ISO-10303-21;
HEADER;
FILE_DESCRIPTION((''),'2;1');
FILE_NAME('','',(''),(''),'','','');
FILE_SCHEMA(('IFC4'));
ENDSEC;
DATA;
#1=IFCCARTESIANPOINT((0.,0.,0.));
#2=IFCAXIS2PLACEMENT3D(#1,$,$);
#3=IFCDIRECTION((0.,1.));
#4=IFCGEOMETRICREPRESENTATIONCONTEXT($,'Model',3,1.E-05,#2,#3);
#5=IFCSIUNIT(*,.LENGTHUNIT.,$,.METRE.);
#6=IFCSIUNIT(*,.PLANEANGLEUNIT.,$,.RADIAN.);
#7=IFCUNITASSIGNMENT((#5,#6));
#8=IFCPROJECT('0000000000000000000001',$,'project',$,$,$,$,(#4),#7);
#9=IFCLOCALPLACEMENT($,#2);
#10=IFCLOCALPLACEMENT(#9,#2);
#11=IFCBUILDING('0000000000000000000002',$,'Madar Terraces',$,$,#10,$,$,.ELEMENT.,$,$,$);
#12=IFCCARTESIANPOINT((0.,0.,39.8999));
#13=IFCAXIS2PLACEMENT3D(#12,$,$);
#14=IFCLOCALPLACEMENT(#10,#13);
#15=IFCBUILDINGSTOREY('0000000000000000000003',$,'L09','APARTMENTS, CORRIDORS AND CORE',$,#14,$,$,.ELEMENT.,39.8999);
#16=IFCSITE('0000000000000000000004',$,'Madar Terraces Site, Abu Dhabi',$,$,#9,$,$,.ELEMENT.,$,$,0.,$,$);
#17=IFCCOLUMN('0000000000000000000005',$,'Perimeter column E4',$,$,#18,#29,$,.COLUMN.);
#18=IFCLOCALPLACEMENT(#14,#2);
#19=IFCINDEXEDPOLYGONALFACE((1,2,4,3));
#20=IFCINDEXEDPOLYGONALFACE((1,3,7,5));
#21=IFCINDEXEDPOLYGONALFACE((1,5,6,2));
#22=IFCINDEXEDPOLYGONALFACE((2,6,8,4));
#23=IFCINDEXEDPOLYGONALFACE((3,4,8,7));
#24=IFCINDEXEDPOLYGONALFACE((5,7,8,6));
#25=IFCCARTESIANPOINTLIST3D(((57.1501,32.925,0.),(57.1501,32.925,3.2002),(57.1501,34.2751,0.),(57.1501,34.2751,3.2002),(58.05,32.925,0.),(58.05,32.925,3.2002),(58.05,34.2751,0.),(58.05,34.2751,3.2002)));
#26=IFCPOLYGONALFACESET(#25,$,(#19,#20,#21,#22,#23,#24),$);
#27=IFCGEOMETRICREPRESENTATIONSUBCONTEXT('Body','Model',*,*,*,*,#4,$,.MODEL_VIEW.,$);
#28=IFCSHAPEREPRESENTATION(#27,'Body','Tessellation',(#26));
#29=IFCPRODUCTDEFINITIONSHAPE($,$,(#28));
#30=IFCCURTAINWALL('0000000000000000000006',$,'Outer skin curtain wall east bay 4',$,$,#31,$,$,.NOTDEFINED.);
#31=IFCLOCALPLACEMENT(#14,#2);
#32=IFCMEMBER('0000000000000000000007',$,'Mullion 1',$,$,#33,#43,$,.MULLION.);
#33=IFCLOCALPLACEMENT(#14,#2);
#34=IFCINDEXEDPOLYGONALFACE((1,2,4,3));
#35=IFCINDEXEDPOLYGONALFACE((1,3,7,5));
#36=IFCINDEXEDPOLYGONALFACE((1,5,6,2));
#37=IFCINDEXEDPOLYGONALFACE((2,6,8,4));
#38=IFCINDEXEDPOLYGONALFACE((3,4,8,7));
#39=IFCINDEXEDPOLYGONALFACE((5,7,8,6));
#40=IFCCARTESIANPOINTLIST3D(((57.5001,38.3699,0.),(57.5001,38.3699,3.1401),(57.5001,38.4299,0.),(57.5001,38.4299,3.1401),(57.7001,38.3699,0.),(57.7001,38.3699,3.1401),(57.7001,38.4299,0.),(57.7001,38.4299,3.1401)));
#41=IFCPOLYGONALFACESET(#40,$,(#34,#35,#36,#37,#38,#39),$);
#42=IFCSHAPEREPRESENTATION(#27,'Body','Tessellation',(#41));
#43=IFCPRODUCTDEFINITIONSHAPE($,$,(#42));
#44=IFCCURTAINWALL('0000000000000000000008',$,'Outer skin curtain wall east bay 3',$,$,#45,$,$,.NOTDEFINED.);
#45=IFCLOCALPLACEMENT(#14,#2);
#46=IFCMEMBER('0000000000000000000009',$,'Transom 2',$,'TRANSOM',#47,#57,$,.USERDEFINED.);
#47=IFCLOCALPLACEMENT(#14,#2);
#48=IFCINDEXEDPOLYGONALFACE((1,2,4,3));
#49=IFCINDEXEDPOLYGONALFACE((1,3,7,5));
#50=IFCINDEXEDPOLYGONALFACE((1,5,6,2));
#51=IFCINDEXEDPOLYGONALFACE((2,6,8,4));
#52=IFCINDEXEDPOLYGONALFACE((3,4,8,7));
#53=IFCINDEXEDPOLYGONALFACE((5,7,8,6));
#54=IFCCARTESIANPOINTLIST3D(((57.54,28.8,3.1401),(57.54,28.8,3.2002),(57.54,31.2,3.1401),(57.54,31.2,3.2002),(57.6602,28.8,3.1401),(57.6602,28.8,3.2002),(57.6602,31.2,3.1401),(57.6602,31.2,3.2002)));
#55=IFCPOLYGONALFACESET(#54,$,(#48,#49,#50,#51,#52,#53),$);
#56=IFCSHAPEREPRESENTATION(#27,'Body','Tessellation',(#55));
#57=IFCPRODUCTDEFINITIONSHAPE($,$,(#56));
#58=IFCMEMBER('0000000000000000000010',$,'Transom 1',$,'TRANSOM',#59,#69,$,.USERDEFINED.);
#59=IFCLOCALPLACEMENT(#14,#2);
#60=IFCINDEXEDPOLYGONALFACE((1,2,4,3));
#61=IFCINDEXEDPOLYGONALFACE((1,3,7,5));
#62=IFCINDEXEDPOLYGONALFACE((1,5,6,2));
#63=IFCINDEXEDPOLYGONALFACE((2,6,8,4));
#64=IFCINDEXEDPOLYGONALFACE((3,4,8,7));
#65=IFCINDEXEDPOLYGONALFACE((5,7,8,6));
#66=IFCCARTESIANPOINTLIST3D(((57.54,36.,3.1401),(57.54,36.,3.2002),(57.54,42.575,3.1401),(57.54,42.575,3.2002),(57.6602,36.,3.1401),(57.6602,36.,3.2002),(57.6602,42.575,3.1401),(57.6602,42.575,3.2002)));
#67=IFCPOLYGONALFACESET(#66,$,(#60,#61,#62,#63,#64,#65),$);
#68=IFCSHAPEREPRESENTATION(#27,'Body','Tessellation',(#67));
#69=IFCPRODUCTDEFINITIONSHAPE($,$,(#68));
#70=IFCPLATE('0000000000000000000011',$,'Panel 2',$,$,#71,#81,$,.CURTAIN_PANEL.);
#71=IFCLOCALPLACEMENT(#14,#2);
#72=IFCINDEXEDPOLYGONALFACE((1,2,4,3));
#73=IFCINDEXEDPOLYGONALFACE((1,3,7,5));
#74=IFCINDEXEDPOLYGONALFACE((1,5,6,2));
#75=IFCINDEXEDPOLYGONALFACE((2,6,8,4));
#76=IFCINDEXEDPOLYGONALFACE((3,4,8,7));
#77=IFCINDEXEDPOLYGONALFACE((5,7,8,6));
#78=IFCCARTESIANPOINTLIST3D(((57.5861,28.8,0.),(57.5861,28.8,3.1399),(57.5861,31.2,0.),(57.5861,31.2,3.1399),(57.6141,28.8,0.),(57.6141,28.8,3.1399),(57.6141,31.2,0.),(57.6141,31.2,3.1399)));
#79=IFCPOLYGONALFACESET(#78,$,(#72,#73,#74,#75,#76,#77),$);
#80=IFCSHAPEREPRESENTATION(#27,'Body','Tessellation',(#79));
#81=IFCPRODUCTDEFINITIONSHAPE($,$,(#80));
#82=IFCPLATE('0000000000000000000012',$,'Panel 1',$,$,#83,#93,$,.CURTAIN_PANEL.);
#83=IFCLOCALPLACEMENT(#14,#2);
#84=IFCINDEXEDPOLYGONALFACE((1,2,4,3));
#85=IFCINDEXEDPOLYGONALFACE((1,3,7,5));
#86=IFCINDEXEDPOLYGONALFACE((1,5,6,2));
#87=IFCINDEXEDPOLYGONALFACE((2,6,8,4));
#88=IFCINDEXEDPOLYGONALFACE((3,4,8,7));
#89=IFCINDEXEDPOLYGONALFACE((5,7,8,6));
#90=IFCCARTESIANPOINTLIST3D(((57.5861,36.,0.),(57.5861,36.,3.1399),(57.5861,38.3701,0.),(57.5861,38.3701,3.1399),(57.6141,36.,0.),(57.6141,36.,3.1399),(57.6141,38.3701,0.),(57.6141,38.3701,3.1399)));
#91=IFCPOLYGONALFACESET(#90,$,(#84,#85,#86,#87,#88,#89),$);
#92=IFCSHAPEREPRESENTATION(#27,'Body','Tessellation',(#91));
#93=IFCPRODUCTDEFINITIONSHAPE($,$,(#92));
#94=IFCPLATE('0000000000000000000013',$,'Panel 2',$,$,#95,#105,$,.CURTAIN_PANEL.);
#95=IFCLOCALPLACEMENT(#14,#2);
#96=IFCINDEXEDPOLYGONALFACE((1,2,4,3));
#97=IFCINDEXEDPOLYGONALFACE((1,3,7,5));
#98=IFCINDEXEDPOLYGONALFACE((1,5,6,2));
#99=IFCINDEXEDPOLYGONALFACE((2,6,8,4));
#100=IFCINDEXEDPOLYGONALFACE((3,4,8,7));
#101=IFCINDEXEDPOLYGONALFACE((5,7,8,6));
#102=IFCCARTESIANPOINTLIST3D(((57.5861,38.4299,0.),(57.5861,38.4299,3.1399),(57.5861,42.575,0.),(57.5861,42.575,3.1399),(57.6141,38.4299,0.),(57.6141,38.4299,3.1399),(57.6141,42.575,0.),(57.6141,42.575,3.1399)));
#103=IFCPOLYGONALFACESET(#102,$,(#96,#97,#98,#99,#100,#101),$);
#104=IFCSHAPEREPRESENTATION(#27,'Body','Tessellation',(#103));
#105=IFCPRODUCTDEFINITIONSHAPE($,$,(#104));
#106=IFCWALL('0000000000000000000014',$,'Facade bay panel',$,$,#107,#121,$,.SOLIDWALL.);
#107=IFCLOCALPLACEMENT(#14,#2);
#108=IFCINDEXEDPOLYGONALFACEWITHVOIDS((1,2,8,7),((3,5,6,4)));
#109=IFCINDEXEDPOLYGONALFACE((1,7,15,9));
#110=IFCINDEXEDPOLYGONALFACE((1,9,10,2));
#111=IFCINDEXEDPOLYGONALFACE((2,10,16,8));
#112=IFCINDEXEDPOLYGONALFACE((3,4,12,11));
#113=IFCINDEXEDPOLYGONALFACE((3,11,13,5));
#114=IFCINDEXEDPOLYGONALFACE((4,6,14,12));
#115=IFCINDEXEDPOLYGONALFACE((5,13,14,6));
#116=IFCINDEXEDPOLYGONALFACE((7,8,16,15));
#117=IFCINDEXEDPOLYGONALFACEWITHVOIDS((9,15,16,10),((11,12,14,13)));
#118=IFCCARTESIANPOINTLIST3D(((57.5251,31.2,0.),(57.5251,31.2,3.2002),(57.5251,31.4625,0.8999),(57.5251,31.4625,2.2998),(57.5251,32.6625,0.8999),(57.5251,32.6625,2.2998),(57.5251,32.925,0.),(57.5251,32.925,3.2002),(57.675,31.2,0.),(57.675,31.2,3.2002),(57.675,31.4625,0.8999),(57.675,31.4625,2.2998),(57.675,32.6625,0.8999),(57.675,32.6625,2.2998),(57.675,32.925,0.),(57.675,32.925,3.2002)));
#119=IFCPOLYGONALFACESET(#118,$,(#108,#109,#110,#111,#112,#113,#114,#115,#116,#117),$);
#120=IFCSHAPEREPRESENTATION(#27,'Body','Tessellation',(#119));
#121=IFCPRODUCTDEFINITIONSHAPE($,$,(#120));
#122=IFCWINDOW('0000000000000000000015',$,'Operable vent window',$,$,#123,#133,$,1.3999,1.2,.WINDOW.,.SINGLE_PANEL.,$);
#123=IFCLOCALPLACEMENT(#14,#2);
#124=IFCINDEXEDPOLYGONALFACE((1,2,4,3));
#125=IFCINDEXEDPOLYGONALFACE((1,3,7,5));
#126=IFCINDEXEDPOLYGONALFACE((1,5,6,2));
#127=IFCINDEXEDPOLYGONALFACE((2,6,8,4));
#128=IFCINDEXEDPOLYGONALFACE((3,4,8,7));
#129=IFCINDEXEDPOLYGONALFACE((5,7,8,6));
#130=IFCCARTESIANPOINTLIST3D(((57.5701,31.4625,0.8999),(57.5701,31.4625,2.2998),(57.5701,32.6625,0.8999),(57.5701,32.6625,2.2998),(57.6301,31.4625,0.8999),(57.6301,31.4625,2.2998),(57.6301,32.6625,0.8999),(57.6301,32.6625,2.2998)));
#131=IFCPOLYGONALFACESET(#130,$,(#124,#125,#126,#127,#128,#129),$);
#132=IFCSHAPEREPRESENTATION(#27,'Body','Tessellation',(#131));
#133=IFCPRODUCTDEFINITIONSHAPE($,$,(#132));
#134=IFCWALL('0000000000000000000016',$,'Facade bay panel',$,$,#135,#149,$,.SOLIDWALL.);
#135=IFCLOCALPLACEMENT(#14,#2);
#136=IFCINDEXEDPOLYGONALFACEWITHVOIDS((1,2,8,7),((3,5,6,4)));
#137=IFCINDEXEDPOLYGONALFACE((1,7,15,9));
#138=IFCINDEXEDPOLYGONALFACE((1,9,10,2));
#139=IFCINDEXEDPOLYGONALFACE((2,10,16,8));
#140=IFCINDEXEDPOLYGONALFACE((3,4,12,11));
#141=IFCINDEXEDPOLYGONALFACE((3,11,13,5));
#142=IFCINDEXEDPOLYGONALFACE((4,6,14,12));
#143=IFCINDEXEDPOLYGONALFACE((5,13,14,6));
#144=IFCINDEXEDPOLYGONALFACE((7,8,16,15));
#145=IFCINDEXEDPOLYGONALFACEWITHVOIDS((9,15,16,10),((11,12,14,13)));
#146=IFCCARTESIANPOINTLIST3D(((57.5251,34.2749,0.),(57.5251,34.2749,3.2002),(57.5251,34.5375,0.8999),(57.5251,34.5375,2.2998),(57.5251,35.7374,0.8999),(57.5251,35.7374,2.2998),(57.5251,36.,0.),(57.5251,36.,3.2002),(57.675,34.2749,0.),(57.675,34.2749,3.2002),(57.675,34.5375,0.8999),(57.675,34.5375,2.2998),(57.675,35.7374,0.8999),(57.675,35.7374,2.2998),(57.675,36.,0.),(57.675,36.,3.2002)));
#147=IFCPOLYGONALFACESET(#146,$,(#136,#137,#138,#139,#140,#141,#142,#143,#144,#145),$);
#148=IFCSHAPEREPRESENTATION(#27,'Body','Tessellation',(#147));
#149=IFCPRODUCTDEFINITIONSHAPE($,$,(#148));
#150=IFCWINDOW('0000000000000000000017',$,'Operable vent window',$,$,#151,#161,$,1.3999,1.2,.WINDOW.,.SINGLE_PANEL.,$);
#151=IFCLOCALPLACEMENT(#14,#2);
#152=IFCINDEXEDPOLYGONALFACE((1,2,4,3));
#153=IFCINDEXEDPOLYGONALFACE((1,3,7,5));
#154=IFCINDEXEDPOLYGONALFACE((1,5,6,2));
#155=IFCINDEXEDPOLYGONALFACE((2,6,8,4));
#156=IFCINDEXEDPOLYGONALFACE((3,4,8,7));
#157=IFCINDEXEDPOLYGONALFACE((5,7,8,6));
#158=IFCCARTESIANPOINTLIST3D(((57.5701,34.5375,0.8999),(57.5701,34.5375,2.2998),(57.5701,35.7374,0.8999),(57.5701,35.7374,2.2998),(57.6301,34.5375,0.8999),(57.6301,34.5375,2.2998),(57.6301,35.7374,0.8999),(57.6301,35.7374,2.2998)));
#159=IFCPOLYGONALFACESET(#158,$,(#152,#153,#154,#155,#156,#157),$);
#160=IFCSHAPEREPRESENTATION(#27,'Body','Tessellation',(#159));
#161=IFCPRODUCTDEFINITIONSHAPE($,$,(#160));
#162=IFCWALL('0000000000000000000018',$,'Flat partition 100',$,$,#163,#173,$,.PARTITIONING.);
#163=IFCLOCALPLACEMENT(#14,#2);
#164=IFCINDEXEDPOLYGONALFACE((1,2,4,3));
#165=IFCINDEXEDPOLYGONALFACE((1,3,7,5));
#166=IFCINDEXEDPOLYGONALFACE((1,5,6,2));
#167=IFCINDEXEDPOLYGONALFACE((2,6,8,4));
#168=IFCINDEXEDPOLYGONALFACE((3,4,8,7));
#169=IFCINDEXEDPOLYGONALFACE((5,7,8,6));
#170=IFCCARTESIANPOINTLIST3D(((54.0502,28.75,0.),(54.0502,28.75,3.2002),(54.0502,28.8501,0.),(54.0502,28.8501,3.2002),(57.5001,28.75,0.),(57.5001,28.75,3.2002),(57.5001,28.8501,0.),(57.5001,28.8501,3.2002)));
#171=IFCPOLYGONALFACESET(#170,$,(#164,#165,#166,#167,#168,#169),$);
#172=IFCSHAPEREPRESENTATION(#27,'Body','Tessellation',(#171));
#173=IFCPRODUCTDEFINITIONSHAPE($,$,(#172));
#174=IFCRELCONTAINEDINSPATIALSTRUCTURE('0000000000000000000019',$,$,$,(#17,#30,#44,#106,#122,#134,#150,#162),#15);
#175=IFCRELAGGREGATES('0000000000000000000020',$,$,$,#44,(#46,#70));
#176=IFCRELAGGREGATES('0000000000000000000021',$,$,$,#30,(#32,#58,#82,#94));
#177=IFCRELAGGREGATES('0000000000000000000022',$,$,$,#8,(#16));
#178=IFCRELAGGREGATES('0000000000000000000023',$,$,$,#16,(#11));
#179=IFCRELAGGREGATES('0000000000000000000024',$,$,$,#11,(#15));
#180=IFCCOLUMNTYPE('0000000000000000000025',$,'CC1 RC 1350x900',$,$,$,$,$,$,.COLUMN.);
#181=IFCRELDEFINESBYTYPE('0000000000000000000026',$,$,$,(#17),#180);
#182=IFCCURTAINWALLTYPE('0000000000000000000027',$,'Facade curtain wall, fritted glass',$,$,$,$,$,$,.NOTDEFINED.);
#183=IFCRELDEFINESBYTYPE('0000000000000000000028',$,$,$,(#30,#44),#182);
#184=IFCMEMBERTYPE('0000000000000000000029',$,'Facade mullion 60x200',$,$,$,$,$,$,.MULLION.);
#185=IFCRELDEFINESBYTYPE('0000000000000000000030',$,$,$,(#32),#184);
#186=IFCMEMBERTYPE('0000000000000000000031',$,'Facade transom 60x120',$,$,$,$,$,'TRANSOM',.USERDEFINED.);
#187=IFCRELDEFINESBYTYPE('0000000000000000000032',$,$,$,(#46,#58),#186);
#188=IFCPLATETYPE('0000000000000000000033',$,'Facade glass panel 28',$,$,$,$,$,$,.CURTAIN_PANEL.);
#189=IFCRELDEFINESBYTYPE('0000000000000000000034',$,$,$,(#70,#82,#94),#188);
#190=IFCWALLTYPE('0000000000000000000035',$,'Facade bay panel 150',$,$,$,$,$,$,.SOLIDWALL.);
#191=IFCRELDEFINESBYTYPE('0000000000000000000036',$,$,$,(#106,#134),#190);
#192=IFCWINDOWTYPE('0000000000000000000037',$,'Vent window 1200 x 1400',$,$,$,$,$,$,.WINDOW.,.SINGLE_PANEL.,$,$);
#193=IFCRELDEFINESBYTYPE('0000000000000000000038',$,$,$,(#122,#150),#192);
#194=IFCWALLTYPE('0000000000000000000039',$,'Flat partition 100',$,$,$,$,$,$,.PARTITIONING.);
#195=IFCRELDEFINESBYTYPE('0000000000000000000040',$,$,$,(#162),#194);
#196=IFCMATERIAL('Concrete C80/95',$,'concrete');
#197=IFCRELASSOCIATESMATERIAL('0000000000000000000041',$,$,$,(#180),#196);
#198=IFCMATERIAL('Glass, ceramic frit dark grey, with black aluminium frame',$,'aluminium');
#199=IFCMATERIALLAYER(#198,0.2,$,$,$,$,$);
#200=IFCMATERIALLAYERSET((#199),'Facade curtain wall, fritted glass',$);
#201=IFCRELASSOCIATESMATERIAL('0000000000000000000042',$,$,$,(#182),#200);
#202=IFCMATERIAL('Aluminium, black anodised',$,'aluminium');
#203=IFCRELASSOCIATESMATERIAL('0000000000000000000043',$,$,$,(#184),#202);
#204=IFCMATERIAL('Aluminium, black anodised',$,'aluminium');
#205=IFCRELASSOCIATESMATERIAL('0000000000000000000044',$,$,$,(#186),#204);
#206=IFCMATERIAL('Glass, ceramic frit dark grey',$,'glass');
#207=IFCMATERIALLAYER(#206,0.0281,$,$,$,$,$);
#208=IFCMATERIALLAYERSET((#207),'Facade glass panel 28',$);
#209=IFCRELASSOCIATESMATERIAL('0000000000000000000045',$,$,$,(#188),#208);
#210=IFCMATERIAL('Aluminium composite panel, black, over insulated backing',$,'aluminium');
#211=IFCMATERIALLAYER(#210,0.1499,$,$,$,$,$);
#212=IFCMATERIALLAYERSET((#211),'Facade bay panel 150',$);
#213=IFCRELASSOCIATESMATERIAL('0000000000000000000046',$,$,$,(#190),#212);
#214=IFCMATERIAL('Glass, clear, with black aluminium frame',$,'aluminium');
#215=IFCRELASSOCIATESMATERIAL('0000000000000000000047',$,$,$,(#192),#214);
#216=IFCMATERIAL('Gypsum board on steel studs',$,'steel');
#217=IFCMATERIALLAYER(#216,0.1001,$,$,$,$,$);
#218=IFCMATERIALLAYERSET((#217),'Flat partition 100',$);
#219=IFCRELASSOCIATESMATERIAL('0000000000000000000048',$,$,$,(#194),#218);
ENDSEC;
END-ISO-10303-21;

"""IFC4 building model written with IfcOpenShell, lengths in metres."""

from ifc_helpers import new_model, si_unit, direction, frame, frame_2d, origin, origin_2d, place, context, subcontext, project, spatial, rectangle, extrude, material, layer, layer_set, material_profile, profile_set, type_object, element, fill, aggregate, save


model = new_model("IFC4")

# Units and contexts
model_context = context("Model", 3, precision=1e-05, world=origin(), true_north=direction((0.0, 1.0)))
body_context = subcontext(model_context, "Body", "Model", "MODEL_VIEW")
ifc_project = project(units=[si_unit("LENGTHUNIT", "METRE"), si_unit("PLANEANGLEUNIT", "RADIAN")], contexts=[model_context])

# Site, building, storey
site_placement = place(None, origin())
site = spatial("IfcSite", under=ifc_project, at=site_placement, Name="Madar Terraces Site, Abu Dhabi", CompositionType="ELEMENT", RefElevation=0.0)
building_placement = place(site_placement, origin())
building = spatial("IfcBuilding", under=site, at=building_placement, Name="Madar Terraces", CompositionType="ELEMENT")
storey_placement = place(building_placement, frame((0.0, 0.0, 39.8999)))
storey = spatial("IfcBuildingStorey", under=building, at=storey_placement, Name="L09", Description="APARTMENTS, CORRIDORS AND CORE", CompositionType="ELEMENT", Elevation=39.8999)

# Column
ifc_material_1 = material(Name="Concrete C80/95", Category="concrete")
ifc_material_profile_1 = material_profile(ifc_material_1, rectangle(XDim=1.3501, YDim=0.8999, at=origin_2d()), Name="CC1 RC 1350x900")
ifc_profile_set_1 = profile_set([ifc_material_profile_1], Name="Concrete C80/95")
column_type = type_object("IfcColumnType", Name="CC1 RC 1350x900", PredefinedType="COLUMN", material=ifc_profile_set_1)
column_placement = place(storey_placement, frame((57.6001, 33.6001, 0.0), z_axis=(0.0, 0.0, 1.0), x_axis=(0.0, 1.0, 0.0)))
element("IfcColumn", 1, at=column_placement, inside=storey, type_object=column_type, Name="Perimeter column E4", PredefinedType="COLUMN", context=body_context, shape_type="SweptSolid", body=[
    extrude(rectangle(XDim=1.3501, YDim=0.8999, at=origin_2d()), origin(), (0.0, 0.0, 1.0), 3.2002),
])

# Curtain walls, members
ifc_material_2 = material(Name="Glass, ceramic frit dark grey, with black aluminium frame", Category="aluminium")
ifc_layer_1 = layer(ifc_material_2, 0.2)
ifc_layer_set_1 = layer_set([ifc_layer_1], Name="Facade curtain wall, fritted glass")
curtain_wall_type = type_object("IfcCurtainWallType", Name="Facade curtain wall, fritted glass", PredefinedType="NOTDEFINED", material=ifc_layer_set_1)
curtain_wall_1_placement = place(storey_placement, origin())
curtain_wall_1 = element("IfcCurtainWall", 2, at=curtain_wall_1_placement, inside=storey, type_object=curtain_wall_type, Name="Outer skin curtain wall east bay 4", PredefinedType="NOTDEFINED")
ifc_material_3 = material(Name="Aluminium, black anodised", Category="aluminium")
ifc_material_profile_2 = material_profile(ifc_material_3, rectangle(XDim=0.2, YDim=0.0601, at=origin_2d()), Name="Facade mullion 60x200")
ifc_profile_set_2 = profile_set([ifc_material_profile_2], Name="Aluminium, black anodised")
member_type_1 = type_object("IfcMemberType", Name="Facade mullion 60x200", PredefinedType="MULLION", material=ifc_profile_set_2)
member_1_placement = place(storey_placement, frame((57.6001, 38.3999, 0.0), z_axis=(0.0, 0.0, 1.0), x_axis=(-1.0, 0.0, 0.0)))
member_1 = element("IfcMember", 3, at=member_1_placement, type_object=member_type_1, Name="Mullion 1", PredefinedType="MULLION", context=body_context, shape_type="SweptSolid", body=[
    extrude(rectangle(XDim=0.2, YDim=0.0601, at=origin_2d()), origin(), (0.0, 0.0, 1.0), 3.1401),
])
curtain_wall_2_placement = place(storey_placement, origin())
curtain_wall_2 = element("IfcCurtainWall", 4, at=curtain_wall_2_placement, inside=storey, type_object=curtain_wall_type, Name="Outer skin curtain wall east bay 3", PredefinedType="NOTDEFINED")
ifc_material_4 = material(Name="Aluminium, black anodised", Category="aluminium")
ifc_material_profile_3 = material_profile(ifc_material_4, rectangle(XDim=0.1201, YDim=0.0601, at=origin_2d()), Name="Facade transom 60x120")
ifc_profile_set_3 = profile_set([ifc_material_profile_3], Name="Aluminium, black anodised")
member_type_2 = type_object("IfcMemberType", Name="Facade transom 60x120", ElementType="TRANSOM", PredefinedType="USERDEFINED", material=ifc_profile_set_3)
member_2_placement = place(storey_placement, frame((57.6001, 28.8, 3.1702), z_axis=(0.0, 1.0, 0.0), x_axis=(-1.0, 0.0, 0.0)))
member_2 = element("IfcMember", 5, at=member_2_placement, type_object=member_type_2, Name="Transom 2", ObjectType="TRANSOM", PredefinedType="USERDEFINED", context=body_context, shape_type="SweptSolid", body=[
    extrude(rectangle(XDim=0.1201, YDim=0.0601, at=origin_2d()), origin(), (0.0, 0.0, 1.0), 2.3999),
])

# Member
member_3_placement = place(storey_placement, frame((57.6001, 36.0, 3.1702), z_axis=(0.0, 1.0, 0.0), x_axis=(-1.0, 0.0, 0.0)))
member_3 = element("IfcMember", 6, at=member_3_placement, type_object=member_type_2, Name="Transom 1", ObjectType="TRANSOM", PredefinedType="USERDEFINED", context=body_context, shape_type="SweptSolid", body=[
    extrude(rectangle(XDim=0.1201, YDim=0.0601, at=origin_2d()), origin(), (0.0, 0.0, 1.0), 6.575),
])

# Plates
ifc_material_5 = material(Name="Glass, ceramic frit dark grey", Category="glass")
ifc_layer_2 = layer(ifc_material_5, 0.0281)
ifc_layer_set_2 = layer_set([ifc_layer_2], Name="Facade glass panel 28")
plate_type = type_object("IfcPlateType", Name="Facade glass panel 28", PredefinedType="CURTAIN_PANEL", material=ifc_layer_set_2)
plate_1_placement = place(storey_placement, frame((57.6001, 30.0, 0.0), z_axis=(0.0, 0.0, 1.0), x_axis=(0.0, 1.0, 0.0)))
plate_1 = element("IfcPlate", 7, at=plate_1_placement, type_object=plate_type, Name="Panel 2", PredefinedType="CURTAIN_PANEL", context=body_context, shape_type="SweptSolid", body=[
    extrude(rectangle(XDim=2.3999, YDim=0.0281, at=origin_2d()), origin(), (0.0, 0.0, 1.0), 3.1399),
])
aggregate(curtain_wall_2, [member_2, plate_1])
plate_2_placement = place(storey_placement, frame((57.6001, 37.1851, 0.0), z_axis=(0.0, 0.0, 1.0), x_axis=(0.0, 1.0, 0.0)))
plate_2 = element("IfcPlate", 8, at=plate_2_placement, type_object=plate_type, Name="Panel 1", PredefinedType="CURTAIN_PANEL", context=body_context, shape_type="SweptSolid", body=[
    extrude(rectangle(XDim=2.3701, YDim=0.0281, at=origin_2d()), origin(), (0.0, 0.0, 1.0), 3.1399),
])
plate_3_placement = place(storey_placement, frame((57.6001, 40.5024, 0.0), z_axis=(0.0, 0.0, 1.0), x_axis=(0.0, 1.0, 0.0)))
plate_3 = element("IfcPlate", 9, at=plate_3_placement, type_object=plate_type, Name="Panel 2", PredefinedType="CURTAIN_PANEL", context=body_context, shape_type="SweptSolid", body=[
    extrude(rectangle(XDim=4.145, YDim=0.0281, at=origin_2d()), origin(), (0.0, 0.0, 1.0), 3.1399),
])
aggregate(curtain_wall_1, [member_1, member_3, plate_2, plate_3])

# Shared definitions
ifc_material_6 = material(Name="Aluminium composite panel, black, over insulated backing", Category="aluminium")
ifc_layer_3 = layer(ifc_material_6, 0.1499)
ifc_layer_set_3 = layer_set([ifc_layer_3], Name="Facade bay panel 150")
wall_type_1 = type_object("IfcWallType", Name="Facade bay panel 150", PredefinedType="SOLIDWALL", material=ifc_layer_set_3)

# Walls, openings, windows
wall_1_placement = place(storey_placement, frame((57.6001, 31.2, 0.0), z_axis=(0.0, 0.0, 1.0), x_axis=(0.0, 1.0, 0.0)))
wall_1 = element("IfcWall", 10, at=wall_1_placement, inside=storey, type_object=wall_type_1, Name="Facade bay panel", PredefinedType="SOLIDWALL", context=body_context, shape_type="SweptSolid", body=[
    extrude(rectangle(XDim=1.7251, YDim=0.1499, at=frame_2d((0.8625, 0.0))), origin(), (0.0, 0.0, 1.0), 3.2002),
])
opening_1_placement = place(wall_1_placement, frame((0.2625, 0.0, 0.8999)))
opening_1 = element("IfcOpeningElement", 11, at=opening_1_placement, cuts=wall_1, PredefinedType="OPENING", context=body_context, shape_type="SweptSolid", body=[
    extrude(rectangle(XDim=1.2, YDim=1.3999, at=frame_2d((0.6001, 0.7))), frame((0.0, 0.085, 0.0), z_axis=(0.0, -1.0, 0.0), x_axis=(1.0, 0.0, 0.0)), (0.0, 0.0, 1.0), 0.1699),
])
ifc_material_7 = material(Name="Glass, clear, with black aluminium frame", Category="aluminium")
window_type = type_object("IfcWindowType", Name="Vent window 1200 x 1400", PartitioningType="SINGLE_PANEL", PredefinedType="WINDOW", material=ifc_material_7)
window_1_placement = place(opening_1_placement, origin())
window_1 = element("IfcWindow", 12, at=window_1_placement, inside=storey, type_object=window_type, Name="Operable vent window", OverallHeight=1.3999, OverallWidth=1.2, PartitioningType="SINGLE_PANEL", PredefinedType="WINDOW", context=body_context, shape_type="SweptSolid", body=[
    extrude(rectangle(XDim=1.2, YDim=1.3999, at=frame_2d((0.6001, 0.7))), frame((0.0, 0.03, 0.0), z_axis=(0.0, -1.0, 0.0), x_axis=(1.0, 0.0, 0.0)), (0.0, 0.0, 1.0), 0.0601),
])
fill(opening_1, window_1)
wall_2_placement = place(storey_placement, frame((57.6001, 34.2749, 0.0), z_axis=(0.0, 0.0, 1.0), x_axis=(0.0, 1.0, 0.0)))
wall_2 = element("IfcWall", 13, at=wall_2_placement, inside=storey, type_object=wall_type_1, Name="Facade bay panel", PredefinedType="SOLIDWALL", context=body_context, shape_type="SweptSolid", body=[
    extrude(rectangle(XDim=1.7251, YDim=0.1499, at=frame_2d((0.8625, 0.0))), origin(), (0.0, 0.0, 1.0), 3.2002),
])
opening_2_placement = place(wall_2_placement, frame((0.2625, 0.0, 0.8999)))
opening_2 = element("IfcOpeningElement", 14, at=opening_2_placement, cuts=wall_2, PredefinedType="OPENING", context=body_context, shape_type="SweptSolid", body=[
    extrude(rectangle(XDim=1.2, YDim=1.3999, at=frame_2d((0.6001, 0.7))), frame((0.0, 0.085, 0.0), z_axis=(0.0, -1.0, 0.0), x_axis=(1.0, 0.0, 0.0)), (0.0, 0.0, 1.0), 0.1699),
])
window_2_placement = place(opening_2_placement, origin())
window_2 = element("IfcWindow", 15, at=window_2_placement, inside=storey, type_object=window_type, Name="Operable vent window", OverallHeight=1.3999, OverallWidth=1.2, PartitioningType="SINGLE_PANEL", PredefinedType="WINDOW", context=body_context, shape_type="SweptSolid", body=[
    extrude(rectangle(XDim=1.2, YDim=1.3999, at=frame_2d((0.6001, 0.7))), frame((0.0, 0.03, 0.0), z_axis=(0.0, -1.0, 0.0), x_axis=(1.0, 0.0, 0.0)), (0.0, 0.0, 1.0), 0.0601),
])
fill(opening_2, window_2)

# Wall
ifc_material_8 = material(Name="Gypsum board on steel studs", Category="steel")
ifc_layer_4 = layer(ifc_material_8, 0.1001)
ifc_layer_set_4 = layer_set([ifc_layer_4], Name="Flat partition 100")
wall_type_2 = type_object("IfcWallType", Name="Flat partition 100", PredefinedType="PARTITIONING", material=ifc_layer_set_4)
wall_3_placement = place(storey_placement, frame((54.05, 28.8, 0.0), z_axis=(0.0, 0.0, 1.0), x_axis=(1.0, 0.0, 0.0)))
element("IfcWall", 16, at=wall_3_placement, inside=storey, type_object=wall_type_2, Name="Flat partition 100", PredefinedType="PARTITIONING", context=body_context, shape_type="SweptSolid", body=[
    extrude(rectangle(XDim=3.45, YDim=0.1001, at=frame_2d((1.7251, 0.0))), origin(), (0.0, 0.0, 1.0), 3.2002),
])

save(model, "model.ifc")
